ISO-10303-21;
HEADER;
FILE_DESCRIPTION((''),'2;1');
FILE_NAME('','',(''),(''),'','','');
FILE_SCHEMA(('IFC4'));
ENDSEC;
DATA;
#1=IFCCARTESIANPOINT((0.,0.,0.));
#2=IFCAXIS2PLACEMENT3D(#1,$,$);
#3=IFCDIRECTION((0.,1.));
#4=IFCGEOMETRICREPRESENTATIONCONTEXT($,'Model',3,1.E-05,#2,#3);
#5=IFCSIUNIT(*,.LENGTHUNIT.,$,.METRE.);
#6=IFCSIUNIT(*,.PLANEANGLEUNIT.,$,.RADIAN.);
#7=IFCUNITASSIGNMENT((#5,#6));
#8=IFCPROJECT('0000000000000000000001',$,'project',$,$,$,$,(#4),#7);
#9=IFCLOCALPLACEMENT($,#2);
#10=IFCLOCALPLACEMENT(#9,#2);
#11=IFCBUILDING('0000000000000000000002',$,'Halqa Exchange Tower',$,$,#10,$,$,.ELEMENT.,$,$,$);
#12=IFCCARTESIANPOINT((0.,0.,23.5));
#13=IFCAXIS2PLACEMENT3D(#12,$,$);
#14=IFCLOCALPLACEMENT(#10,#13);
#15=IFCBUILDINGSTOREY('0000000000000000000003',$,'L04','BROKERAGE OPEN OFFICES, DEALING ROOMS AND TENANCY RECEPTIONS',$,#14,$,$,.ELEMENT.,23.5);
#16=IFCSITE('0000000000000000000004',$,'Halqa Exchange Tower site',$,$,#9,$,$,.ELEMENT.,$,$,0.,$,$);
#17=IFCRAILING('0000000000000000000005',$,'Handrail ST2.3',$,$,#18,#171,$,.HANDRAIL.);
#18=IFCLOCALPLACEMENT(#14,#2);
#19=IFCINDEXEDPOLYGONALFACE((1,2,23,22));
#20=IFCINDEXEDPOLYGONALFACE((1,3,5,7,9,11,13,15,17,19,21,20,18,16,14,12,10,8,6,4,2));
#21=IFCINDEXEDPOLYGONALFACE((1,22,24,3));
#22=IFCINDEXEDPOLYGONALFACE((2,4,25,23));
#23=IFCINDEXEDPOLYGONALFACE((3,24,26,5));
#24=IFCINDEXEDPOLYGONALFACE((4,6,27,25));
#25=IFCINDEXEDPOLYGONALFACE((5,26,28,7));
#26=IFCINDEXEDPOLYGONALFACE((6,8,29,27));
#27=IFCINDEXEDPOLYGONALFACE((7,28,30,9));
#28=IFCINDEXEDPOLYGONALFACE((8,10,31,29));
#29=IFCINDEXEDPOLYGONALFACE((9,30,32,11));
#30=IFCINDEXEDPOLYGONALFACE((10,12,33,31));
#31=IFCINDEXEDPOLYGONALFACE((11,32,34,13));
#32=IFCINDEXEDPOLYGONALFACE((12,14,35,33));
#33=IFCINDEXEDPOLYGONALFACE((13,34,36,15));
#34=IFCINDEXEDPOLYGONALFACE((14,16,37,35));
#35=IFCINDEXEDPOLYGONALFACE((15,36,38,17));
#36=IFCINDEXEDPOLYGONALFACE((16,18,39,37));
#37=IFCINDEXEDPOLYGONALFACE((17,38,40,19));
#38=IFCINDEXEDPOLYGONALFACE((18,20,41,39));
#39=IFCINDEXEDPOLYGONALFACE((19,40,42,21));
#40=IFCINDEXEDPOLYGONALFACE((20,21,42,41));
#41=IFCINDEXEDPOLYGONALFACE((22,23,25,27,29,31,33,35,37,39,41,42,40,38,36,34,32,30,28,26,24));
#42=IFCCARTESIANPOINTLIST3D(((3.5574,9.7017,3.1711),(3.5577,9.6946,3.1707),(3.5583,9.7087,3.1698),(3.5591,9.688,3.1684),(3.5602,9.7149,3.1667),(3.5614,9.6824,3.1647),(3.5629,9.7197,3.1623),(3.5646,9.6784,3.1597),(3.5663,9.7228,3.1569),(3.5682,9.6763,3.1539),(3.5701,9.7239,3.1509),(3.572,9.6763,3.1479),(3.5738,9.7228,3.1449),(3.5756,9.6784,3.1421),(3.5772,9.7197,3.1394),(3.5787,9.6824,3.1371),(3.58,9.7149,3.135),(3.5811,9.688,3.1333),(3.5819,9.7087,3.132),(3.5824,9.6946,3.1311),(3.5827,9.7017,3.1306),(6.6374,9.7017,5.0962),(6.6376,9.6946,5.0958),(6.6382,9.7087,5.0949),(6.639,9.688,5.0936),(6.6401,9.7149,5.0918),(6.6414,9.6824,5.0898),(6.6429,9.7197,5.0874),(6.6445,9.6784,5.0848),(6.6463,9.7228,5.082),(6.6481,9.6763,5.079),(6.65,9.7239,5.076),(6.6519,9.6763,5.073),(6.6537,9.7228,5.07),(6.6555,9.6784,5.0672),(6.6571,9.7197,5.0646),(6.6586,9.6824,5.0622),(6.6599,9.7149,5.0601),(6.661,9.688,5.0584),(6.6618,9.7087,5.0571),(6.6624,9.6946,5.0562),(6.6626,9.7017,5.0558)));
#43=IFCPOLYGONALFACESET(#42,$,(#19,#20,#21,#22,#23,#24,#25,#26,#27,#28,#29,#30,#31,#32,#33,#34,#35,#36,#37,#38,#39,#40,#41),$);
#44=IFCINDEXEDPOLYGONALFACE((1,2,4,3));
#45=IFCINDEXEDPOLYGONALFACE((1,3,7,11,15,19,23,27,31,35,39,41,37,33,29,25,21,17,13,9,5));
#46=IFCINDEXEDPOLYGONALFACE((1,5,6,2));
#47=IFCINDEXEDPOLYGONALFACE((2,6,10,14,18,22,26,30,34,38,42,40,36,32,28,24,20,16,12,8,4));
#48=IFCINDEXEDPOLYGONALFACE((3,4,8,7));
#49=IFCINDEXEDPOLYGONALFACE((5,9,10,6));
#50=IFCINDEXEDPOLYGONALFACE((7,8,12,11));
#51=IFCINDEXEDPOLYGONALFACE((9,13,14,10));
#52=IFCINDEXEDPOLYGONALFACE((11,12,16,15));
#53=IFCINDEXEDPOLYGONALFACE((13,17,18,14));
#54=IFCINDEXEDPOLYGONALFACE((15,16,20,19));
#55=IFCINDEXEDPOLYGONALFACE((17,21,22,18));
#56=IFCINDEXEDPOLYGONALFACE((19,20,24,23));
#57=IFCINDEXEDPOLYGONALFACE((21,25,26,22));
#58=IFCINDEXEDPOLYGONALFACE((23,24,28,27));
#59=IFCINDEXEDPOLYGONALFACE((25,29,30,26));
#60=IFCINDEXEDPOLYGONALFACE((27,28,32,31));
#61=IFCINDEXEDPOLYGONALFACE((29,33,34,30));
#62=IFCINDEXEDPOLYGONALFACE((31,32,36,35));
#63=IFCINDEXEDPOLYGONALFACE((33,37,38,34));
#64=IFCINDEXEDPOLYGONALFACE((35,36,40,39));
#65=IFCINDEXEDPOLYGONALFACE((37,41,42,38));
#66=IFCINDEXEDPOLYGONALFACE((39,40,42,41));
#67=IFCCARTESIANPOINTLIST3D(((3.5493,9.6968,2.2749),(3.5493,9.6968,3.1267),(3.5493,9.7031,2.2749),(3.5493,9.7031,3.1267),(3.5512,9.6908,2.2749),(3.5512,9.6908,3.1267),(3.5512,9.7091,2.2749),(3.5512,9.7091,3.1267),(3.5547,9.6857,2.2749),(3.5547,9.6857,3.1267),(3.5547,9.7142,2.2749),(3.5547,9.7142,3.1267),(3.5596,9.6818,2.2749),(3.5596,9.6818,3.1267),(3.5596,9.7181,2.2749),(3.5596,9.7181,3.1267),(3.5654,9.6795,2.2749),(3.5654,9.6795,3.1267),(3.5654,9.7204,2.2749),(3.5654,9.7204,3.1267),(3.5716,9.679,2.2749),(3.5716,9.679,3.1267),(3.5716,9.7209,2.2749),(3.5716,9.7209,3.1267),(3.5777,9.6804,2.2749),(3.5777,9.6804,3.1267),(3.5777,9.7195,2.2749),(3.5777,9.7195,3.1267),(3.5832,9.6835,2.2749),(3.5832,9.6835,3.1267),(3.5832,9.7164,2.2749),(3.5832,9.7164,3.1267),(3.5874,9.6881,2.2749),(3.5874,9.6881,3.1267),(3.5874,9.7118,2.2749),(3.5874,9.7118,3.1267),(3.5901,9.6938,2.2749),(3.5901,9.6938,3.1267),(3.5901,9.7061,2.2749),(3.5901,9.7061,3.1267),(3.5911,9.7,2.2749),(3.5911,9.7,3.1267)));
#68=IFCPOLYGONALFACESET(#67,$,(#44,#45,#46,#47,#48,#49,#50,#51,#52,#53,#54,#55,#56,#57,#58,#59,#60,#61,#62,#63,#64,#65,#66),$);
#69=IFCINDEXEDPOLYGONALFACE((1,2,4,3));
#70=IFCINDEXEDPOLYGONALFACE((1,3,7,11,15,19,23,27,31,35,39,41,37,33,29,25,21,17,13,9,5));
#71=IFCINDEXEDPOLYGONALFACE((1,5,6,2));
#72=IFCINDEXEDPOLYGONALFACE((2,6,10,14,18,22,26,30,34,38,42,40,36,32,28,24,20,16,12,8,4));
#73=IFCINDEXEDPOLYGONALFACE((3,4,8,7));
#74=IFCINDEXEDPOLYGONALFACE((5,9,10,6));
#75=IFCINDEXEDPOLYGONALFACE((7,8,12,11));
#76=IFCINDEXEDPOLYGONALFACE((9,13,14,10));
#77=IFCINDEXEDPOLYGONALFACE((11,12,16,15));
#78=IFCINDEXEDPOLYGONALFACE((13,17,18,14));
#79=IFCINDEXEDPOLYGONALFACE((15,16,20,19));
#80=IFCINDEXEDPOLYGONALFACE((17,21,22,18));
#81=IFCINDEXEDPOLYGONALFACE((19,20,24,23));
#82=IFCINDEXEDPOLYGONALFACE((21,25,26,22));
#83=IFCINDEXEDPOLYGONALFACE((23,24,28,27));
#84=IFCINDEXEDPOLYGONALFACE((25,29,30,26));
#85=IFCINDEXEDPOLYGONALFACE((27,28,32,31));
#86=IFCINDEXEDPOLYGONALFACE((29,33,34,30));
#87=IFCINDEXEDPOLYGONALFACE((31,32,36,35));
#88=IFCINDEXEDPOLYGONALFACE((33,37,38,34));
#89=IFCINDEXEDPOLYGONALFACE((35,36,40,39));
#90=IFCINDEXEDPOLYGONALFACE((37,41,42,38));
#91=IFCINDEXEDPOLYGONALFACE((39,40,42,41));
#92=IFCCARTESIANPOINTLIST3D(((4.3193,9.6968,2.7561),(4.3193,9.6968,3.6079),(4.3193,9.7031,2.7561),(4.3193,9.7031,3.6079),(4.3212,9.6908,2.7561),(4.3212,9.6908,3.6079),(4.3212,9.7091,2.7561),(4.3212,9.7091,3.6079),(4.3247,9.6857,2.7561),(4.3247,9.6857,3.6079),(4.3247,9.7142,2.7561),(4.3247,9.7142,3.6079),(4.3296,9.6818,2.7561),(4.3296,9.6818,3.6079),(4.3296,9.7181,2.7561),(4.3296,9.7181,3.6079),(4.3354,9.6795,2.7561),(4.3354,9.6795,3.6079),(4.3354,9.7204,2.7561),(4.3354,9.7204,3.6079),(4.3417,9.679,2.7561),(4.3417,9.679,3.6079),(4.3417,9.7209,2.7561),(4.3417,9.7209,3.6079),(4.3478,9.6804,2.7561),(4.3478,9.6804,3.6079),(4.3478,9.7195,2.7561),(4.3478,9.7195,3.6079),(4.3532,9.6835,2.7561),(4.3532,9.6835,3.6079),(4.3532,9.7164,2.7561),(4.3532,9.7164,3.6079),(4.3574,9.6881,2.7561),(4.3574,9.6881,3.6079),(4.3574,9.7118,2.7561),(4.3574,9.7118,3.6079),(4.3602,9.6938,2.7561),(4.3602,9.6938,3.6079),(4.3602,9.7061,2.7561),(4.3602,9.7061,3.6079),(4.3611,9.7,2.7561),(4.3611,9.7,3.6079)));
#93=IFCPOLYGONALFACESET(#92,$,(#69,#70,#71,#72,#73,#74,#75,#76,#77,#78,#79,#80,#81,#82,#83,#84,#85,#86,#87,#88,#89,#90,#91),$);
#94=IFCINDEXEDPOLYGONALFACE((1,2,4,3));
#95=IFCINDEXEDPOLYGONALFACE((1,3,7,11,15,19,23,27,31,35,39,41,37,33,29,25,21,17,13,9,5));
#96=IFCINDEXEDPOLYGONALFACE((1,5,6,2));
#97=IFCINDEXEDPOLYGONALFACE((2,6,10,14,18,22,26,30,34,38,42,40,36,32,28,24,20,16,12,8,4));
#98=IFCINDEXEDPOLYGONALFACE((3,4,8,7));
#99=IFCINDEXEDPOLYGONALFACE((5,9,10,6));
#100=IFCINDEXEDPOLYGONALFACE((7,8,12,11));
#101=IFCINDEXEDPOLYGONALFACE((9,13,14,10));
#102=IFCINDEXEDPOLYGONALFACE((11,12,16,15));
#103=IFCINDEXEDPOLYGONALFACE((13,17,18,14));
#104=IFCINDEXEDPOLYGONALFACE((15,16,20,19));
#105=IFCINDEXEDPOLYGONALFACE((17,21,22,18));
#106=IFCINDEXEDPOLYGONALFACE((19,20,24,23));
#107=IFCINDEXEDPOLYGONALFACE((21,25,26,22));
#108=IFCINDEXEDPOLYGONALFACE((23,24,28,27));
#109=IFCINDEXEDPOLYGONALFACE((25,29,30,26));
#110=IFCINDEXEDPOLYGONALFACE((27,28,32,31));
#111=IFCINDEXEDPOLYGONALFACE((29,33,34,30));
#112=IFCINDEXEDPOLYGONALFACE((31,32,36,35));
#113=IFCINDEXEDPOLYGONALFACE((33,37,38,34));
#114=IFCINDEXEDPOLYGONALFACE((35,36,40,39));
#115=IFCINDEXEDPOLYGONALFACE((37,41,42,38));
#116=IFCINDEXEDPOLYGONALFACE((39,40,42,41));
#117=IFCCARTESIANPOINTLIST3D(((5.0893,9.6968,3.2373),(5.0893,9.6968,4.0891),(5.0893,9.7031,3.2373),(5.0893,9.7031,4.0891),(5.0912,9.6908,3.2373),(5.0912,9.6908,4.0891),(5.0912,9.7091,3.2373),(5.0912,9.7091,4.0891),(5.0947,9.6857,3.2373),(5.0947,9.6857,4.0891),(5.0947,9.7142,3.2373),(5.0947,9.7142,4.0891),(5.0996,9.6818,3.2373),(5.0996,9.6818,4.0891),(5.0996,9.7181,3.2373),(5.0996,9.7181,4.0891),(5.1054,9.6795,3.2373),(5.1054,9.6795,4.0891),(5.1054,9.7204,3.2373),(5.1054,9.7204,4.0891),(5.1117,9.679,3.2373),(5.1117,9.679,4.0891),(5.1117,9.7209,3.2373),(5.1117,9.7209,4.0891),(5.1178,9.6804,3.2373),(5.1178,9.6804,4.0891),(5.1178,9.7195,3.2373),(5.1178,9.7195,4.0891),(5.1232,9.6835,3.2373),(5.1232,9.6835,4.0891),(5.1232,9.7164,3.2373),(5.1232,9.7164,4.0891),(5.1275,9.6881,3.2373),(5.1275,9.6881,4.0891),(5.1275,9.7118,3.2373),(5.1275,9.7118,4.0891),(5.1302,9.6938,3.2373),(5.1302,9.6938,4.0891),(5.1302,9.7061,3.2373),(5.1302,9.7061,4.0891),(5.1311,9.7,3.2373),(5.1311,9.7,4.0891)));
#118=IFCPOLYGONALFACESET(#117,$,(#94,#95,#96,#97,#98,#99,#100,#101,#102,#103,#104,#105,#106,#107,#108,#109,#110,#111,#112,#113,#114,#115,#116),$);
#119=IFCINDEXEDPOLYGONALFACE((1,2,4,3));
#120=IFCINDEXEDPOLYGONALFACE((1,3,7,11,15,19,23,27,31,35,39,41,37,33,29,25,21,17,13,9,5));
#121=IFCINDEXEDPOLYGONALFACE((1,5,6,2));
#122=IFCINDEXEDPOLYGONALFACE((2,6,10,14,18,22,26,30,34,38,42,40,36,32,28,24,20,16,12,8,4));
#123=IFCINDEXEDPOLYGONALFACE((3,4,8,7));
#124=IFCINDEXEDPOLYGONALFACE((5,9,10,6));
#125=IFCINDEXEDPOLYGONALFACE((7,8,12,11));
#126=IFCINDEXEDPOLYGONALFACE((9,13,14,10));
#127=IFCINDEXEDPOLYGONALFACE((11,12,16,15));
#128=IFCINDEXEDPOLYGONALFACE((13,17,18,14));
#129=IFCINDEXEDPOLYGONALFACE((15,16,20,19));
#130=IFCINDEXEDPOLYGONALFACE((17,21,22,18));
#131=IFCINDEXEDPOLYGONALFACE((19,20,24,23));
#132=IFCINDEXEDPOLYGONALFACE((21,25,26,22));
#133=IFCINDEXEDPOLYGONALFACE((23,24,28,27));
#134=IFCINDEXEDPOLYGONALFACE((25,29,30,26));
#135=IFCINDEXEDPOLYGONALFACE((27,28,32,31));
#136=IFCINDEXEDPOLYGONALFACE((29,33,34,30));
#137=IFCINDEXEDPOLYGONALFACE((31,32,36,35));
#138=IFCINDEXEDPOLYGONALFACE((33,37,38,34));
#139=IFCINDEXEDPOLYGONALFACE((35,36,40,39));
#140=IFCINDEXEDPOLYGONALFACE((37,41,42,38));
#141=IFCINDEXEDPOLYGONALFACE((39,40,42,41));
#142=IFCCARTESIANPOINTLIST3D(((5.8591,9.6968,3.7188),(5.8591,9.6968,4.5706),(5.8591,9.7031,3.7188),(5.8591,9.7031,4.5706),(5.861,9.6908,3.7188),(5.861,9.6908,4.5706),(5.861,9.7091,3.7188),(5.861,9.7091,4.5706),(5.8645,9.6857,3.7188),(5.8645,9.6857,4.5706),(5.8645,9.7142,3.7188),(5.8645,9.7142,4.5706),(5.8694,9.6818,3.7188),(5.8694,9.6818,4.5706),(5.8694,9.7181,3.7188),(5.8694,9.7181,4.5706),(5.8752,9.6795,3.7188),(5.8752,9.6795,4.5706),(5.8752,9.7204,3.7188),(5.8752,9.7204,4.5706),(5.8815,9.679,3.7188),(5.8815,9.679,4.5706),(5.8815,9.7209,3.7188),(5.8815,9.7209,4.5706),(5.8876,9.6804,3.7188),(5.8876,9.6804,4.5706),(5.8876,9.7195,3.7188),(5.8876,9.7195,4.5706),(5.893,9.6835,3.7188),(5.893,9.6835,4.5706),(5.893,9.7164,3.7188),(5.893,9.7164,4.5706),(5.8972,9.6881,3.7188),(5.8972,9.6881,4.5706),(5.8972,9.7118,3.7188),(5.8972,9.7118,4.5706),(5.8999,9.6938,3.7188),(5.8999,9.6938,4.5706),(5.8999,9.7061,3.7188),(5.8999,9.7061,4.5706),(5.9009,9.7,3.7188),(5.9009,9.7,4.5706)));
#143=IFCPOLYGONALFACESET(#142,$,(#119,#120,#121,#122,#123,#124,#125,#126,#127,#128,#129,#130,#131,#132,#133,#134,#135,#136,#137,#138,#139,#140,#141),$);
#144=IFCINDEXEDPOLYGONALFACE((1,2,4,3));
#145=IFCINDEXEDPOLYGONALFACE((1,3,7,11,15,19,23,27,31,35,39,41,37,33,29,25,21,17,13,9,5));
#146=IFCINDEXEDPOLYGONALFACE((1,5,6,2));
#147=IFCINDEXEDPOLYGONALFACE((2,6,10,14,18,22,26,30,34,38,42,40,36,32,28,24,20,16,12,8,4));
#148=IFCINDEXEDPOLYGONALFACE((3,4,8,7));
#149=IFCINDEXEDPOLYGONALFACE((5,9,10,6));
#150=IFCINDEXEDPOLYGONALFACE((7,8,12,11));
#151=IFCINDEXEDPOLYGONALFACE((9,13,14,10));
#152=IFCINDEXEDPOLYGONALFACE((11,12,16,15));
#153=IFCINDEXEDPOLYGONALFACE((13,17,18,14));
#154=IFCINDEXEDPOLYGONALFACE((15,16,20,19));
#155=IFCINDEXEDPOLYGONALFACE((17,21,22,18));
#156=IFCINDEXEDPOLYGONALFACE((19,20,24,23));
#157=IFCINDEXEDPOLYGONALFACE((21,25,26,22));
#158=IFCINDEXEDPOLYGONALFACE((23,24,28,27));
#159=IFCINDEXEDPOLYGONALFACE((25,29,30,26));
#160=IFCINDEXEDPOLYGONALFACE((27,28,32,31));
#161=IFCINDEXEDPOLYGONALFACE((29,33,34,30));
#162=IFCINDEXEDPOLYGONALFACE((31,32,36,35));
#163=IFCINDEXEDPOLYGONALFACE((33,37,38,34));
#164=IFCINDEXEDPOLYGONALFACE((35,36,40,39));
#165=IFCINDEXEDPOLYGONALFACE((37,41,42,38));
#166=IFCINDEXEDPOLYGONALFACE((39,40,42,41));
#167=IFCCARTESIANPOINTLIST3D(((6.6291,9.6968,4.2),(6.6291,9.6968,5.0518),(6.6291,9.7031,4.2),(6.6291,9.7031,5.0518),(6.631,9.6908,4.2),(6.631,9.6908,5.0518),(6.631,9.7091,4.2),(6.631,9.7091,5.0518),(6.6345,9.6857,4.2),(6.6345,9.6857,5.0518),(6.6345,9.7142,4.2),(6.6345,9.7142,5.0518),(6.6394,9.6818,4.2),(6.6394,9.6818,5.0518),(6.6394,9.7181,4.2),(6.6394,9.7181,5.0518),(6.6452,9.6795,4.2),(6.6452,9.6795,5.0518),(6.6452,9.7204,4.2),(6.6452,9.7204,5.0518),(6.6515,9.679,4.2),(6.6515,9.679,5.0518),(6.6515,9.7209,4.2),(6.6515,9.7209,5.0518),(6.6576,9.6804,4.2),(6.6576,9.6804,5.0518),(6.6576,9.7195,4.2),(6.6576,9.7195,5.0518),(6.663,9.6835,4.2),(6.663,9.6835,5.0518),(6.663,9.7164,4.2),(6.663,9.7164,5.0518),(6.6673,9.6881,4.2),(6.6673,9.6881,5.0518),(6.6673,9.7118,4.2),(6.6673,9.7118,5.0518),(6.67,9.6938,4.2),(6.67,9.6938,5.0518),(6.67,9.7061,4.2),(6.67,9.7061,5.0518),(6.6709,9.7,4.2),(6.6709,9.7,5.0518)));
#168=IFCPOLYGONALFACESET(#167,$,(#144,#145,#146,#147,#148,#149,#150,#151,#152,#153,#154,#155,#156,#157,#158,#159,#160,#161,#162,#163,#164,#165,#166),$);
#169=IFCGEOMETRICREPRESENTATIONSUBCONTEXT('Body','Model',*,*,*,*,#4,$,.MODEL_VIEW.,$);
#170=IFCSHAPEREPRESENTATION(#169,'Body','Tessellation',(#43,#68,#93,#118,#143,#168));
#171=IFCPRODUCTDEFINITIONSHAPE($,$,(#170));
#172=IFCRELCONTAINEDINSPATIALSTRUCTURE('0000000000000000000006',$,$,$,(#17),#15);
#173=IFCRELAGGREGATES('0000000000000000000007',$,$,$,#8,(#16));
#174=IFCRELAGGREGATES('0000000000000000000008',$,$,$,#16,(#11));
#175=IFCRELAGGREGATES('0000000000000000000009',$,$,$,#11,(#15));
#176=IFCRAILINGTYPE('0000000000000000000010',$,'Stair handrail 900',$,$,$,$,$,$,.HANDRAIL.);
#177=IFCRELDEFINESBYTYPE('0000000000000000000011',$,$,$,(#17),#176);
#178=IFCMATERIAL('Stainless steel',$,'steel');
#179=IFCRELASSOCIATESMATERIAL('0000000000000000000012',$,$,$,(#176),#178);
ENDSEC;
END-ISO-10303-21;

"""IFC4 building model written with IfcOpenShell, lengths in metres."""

from ifc_helpers import new_model, si_unit, direction, frame, origin, origin_2d, place, context, subcontext, project, spatial, circle, extrude, material, type_object, element, save


model = new_model("IFC4")

# Units and contexts
model_context = context("Model", 3, precision=1e-05, world=origin(), true_north=direction((0.0, 1.0)))
body_context = subcontext(model_context, "Body", "Model", "MODEL_VIEW")
ifc_project = project(units=[si_unit("LENGTHUNIT", "METRE"), si_unit("PLANEANGLEUNIT", "RADIAN")], contexts=[model_context])

# Site, building, storey
site_placement = place(None, origin())
site = spatial("IfcSite", under=ifc_project, at=site_placement, Name="Halqa Exchange Tower site", CompositionType="ELEMENT", RefElevation=0.0)
building_placement = place(site_placement, origin())
building = spatial("IfcBuilding", under=site, at=building_placement, Name="Halqa Exchange Tower", CompositionType="ELEMENT")
storey_placement = place(building_placement, frame((0.0, 0.0, 23.5)))
storey = spatial("IfcBuildingStorey", under=building, at=storey_placement, Name="L04", Description="BROKERAGE OPEN OFFICES, DEALING ROOMS AND TENANCY RECEPTIONS", CompositionType="ELEMENT", Elevation=23.5)

# Railing
ifc_material_1 = material(Name="Stainless steel", Category="steel")
railing_type_1 = type_object("IfcRailingType", Name="Stair handrail 900", PredefinedType="HANDRAIL", material=ifc_material_1)
railing_1_placement = place(storey_placement, frame((3.5701, 9.7, 2.2749)))
element("IfcRailing", 1, at=railing_1_placement, inside=storey, type_object=railing_type_1, Name="Handrail ST2.3", PredefinedType="HANDRAIL", context=body_context, shape_type="SweptSolid", body=[
    extrude(circle(Radius=0.0239, at=origin_2d()), frame((0.0, 0.0, 0.876), z_axis=(0.847979, 0.0, 0.530029), x_axis=(0.0, 1.0, 0.0)), (0.0, 0.0, 1.0), 3.6321),
    extrude(circle(Radius=0.021, at=origin_2d()), origin(), (0.0, 0.0, 1.0), 0.8518),
    extrude(circle(Radius=0.021, at=origin_2d()), frame((0.77, 0.0, 0.4812)), (0.0, 0.0, 1.0), 0.8518),
    extrude(circle(Radius=0.021, at=origin_2d()), frame((1.54, 0.0, 0.9624)), (0.0, 0.0, 1.0), 0.8518),
    extrude(circle(Radius=0.021, at=origin_2d()), frame((2.3098, 0.0, 1.4438)), (0.0, 0.0, 1.0), 0.8518),
    extrude(circle(Radius=0.021, at=origin_2d()), frame((3.0798, 0.0, 1.925)), (0.0, 0.0, 1.0), 0.8518),
])

save(model, "model.ifc")
